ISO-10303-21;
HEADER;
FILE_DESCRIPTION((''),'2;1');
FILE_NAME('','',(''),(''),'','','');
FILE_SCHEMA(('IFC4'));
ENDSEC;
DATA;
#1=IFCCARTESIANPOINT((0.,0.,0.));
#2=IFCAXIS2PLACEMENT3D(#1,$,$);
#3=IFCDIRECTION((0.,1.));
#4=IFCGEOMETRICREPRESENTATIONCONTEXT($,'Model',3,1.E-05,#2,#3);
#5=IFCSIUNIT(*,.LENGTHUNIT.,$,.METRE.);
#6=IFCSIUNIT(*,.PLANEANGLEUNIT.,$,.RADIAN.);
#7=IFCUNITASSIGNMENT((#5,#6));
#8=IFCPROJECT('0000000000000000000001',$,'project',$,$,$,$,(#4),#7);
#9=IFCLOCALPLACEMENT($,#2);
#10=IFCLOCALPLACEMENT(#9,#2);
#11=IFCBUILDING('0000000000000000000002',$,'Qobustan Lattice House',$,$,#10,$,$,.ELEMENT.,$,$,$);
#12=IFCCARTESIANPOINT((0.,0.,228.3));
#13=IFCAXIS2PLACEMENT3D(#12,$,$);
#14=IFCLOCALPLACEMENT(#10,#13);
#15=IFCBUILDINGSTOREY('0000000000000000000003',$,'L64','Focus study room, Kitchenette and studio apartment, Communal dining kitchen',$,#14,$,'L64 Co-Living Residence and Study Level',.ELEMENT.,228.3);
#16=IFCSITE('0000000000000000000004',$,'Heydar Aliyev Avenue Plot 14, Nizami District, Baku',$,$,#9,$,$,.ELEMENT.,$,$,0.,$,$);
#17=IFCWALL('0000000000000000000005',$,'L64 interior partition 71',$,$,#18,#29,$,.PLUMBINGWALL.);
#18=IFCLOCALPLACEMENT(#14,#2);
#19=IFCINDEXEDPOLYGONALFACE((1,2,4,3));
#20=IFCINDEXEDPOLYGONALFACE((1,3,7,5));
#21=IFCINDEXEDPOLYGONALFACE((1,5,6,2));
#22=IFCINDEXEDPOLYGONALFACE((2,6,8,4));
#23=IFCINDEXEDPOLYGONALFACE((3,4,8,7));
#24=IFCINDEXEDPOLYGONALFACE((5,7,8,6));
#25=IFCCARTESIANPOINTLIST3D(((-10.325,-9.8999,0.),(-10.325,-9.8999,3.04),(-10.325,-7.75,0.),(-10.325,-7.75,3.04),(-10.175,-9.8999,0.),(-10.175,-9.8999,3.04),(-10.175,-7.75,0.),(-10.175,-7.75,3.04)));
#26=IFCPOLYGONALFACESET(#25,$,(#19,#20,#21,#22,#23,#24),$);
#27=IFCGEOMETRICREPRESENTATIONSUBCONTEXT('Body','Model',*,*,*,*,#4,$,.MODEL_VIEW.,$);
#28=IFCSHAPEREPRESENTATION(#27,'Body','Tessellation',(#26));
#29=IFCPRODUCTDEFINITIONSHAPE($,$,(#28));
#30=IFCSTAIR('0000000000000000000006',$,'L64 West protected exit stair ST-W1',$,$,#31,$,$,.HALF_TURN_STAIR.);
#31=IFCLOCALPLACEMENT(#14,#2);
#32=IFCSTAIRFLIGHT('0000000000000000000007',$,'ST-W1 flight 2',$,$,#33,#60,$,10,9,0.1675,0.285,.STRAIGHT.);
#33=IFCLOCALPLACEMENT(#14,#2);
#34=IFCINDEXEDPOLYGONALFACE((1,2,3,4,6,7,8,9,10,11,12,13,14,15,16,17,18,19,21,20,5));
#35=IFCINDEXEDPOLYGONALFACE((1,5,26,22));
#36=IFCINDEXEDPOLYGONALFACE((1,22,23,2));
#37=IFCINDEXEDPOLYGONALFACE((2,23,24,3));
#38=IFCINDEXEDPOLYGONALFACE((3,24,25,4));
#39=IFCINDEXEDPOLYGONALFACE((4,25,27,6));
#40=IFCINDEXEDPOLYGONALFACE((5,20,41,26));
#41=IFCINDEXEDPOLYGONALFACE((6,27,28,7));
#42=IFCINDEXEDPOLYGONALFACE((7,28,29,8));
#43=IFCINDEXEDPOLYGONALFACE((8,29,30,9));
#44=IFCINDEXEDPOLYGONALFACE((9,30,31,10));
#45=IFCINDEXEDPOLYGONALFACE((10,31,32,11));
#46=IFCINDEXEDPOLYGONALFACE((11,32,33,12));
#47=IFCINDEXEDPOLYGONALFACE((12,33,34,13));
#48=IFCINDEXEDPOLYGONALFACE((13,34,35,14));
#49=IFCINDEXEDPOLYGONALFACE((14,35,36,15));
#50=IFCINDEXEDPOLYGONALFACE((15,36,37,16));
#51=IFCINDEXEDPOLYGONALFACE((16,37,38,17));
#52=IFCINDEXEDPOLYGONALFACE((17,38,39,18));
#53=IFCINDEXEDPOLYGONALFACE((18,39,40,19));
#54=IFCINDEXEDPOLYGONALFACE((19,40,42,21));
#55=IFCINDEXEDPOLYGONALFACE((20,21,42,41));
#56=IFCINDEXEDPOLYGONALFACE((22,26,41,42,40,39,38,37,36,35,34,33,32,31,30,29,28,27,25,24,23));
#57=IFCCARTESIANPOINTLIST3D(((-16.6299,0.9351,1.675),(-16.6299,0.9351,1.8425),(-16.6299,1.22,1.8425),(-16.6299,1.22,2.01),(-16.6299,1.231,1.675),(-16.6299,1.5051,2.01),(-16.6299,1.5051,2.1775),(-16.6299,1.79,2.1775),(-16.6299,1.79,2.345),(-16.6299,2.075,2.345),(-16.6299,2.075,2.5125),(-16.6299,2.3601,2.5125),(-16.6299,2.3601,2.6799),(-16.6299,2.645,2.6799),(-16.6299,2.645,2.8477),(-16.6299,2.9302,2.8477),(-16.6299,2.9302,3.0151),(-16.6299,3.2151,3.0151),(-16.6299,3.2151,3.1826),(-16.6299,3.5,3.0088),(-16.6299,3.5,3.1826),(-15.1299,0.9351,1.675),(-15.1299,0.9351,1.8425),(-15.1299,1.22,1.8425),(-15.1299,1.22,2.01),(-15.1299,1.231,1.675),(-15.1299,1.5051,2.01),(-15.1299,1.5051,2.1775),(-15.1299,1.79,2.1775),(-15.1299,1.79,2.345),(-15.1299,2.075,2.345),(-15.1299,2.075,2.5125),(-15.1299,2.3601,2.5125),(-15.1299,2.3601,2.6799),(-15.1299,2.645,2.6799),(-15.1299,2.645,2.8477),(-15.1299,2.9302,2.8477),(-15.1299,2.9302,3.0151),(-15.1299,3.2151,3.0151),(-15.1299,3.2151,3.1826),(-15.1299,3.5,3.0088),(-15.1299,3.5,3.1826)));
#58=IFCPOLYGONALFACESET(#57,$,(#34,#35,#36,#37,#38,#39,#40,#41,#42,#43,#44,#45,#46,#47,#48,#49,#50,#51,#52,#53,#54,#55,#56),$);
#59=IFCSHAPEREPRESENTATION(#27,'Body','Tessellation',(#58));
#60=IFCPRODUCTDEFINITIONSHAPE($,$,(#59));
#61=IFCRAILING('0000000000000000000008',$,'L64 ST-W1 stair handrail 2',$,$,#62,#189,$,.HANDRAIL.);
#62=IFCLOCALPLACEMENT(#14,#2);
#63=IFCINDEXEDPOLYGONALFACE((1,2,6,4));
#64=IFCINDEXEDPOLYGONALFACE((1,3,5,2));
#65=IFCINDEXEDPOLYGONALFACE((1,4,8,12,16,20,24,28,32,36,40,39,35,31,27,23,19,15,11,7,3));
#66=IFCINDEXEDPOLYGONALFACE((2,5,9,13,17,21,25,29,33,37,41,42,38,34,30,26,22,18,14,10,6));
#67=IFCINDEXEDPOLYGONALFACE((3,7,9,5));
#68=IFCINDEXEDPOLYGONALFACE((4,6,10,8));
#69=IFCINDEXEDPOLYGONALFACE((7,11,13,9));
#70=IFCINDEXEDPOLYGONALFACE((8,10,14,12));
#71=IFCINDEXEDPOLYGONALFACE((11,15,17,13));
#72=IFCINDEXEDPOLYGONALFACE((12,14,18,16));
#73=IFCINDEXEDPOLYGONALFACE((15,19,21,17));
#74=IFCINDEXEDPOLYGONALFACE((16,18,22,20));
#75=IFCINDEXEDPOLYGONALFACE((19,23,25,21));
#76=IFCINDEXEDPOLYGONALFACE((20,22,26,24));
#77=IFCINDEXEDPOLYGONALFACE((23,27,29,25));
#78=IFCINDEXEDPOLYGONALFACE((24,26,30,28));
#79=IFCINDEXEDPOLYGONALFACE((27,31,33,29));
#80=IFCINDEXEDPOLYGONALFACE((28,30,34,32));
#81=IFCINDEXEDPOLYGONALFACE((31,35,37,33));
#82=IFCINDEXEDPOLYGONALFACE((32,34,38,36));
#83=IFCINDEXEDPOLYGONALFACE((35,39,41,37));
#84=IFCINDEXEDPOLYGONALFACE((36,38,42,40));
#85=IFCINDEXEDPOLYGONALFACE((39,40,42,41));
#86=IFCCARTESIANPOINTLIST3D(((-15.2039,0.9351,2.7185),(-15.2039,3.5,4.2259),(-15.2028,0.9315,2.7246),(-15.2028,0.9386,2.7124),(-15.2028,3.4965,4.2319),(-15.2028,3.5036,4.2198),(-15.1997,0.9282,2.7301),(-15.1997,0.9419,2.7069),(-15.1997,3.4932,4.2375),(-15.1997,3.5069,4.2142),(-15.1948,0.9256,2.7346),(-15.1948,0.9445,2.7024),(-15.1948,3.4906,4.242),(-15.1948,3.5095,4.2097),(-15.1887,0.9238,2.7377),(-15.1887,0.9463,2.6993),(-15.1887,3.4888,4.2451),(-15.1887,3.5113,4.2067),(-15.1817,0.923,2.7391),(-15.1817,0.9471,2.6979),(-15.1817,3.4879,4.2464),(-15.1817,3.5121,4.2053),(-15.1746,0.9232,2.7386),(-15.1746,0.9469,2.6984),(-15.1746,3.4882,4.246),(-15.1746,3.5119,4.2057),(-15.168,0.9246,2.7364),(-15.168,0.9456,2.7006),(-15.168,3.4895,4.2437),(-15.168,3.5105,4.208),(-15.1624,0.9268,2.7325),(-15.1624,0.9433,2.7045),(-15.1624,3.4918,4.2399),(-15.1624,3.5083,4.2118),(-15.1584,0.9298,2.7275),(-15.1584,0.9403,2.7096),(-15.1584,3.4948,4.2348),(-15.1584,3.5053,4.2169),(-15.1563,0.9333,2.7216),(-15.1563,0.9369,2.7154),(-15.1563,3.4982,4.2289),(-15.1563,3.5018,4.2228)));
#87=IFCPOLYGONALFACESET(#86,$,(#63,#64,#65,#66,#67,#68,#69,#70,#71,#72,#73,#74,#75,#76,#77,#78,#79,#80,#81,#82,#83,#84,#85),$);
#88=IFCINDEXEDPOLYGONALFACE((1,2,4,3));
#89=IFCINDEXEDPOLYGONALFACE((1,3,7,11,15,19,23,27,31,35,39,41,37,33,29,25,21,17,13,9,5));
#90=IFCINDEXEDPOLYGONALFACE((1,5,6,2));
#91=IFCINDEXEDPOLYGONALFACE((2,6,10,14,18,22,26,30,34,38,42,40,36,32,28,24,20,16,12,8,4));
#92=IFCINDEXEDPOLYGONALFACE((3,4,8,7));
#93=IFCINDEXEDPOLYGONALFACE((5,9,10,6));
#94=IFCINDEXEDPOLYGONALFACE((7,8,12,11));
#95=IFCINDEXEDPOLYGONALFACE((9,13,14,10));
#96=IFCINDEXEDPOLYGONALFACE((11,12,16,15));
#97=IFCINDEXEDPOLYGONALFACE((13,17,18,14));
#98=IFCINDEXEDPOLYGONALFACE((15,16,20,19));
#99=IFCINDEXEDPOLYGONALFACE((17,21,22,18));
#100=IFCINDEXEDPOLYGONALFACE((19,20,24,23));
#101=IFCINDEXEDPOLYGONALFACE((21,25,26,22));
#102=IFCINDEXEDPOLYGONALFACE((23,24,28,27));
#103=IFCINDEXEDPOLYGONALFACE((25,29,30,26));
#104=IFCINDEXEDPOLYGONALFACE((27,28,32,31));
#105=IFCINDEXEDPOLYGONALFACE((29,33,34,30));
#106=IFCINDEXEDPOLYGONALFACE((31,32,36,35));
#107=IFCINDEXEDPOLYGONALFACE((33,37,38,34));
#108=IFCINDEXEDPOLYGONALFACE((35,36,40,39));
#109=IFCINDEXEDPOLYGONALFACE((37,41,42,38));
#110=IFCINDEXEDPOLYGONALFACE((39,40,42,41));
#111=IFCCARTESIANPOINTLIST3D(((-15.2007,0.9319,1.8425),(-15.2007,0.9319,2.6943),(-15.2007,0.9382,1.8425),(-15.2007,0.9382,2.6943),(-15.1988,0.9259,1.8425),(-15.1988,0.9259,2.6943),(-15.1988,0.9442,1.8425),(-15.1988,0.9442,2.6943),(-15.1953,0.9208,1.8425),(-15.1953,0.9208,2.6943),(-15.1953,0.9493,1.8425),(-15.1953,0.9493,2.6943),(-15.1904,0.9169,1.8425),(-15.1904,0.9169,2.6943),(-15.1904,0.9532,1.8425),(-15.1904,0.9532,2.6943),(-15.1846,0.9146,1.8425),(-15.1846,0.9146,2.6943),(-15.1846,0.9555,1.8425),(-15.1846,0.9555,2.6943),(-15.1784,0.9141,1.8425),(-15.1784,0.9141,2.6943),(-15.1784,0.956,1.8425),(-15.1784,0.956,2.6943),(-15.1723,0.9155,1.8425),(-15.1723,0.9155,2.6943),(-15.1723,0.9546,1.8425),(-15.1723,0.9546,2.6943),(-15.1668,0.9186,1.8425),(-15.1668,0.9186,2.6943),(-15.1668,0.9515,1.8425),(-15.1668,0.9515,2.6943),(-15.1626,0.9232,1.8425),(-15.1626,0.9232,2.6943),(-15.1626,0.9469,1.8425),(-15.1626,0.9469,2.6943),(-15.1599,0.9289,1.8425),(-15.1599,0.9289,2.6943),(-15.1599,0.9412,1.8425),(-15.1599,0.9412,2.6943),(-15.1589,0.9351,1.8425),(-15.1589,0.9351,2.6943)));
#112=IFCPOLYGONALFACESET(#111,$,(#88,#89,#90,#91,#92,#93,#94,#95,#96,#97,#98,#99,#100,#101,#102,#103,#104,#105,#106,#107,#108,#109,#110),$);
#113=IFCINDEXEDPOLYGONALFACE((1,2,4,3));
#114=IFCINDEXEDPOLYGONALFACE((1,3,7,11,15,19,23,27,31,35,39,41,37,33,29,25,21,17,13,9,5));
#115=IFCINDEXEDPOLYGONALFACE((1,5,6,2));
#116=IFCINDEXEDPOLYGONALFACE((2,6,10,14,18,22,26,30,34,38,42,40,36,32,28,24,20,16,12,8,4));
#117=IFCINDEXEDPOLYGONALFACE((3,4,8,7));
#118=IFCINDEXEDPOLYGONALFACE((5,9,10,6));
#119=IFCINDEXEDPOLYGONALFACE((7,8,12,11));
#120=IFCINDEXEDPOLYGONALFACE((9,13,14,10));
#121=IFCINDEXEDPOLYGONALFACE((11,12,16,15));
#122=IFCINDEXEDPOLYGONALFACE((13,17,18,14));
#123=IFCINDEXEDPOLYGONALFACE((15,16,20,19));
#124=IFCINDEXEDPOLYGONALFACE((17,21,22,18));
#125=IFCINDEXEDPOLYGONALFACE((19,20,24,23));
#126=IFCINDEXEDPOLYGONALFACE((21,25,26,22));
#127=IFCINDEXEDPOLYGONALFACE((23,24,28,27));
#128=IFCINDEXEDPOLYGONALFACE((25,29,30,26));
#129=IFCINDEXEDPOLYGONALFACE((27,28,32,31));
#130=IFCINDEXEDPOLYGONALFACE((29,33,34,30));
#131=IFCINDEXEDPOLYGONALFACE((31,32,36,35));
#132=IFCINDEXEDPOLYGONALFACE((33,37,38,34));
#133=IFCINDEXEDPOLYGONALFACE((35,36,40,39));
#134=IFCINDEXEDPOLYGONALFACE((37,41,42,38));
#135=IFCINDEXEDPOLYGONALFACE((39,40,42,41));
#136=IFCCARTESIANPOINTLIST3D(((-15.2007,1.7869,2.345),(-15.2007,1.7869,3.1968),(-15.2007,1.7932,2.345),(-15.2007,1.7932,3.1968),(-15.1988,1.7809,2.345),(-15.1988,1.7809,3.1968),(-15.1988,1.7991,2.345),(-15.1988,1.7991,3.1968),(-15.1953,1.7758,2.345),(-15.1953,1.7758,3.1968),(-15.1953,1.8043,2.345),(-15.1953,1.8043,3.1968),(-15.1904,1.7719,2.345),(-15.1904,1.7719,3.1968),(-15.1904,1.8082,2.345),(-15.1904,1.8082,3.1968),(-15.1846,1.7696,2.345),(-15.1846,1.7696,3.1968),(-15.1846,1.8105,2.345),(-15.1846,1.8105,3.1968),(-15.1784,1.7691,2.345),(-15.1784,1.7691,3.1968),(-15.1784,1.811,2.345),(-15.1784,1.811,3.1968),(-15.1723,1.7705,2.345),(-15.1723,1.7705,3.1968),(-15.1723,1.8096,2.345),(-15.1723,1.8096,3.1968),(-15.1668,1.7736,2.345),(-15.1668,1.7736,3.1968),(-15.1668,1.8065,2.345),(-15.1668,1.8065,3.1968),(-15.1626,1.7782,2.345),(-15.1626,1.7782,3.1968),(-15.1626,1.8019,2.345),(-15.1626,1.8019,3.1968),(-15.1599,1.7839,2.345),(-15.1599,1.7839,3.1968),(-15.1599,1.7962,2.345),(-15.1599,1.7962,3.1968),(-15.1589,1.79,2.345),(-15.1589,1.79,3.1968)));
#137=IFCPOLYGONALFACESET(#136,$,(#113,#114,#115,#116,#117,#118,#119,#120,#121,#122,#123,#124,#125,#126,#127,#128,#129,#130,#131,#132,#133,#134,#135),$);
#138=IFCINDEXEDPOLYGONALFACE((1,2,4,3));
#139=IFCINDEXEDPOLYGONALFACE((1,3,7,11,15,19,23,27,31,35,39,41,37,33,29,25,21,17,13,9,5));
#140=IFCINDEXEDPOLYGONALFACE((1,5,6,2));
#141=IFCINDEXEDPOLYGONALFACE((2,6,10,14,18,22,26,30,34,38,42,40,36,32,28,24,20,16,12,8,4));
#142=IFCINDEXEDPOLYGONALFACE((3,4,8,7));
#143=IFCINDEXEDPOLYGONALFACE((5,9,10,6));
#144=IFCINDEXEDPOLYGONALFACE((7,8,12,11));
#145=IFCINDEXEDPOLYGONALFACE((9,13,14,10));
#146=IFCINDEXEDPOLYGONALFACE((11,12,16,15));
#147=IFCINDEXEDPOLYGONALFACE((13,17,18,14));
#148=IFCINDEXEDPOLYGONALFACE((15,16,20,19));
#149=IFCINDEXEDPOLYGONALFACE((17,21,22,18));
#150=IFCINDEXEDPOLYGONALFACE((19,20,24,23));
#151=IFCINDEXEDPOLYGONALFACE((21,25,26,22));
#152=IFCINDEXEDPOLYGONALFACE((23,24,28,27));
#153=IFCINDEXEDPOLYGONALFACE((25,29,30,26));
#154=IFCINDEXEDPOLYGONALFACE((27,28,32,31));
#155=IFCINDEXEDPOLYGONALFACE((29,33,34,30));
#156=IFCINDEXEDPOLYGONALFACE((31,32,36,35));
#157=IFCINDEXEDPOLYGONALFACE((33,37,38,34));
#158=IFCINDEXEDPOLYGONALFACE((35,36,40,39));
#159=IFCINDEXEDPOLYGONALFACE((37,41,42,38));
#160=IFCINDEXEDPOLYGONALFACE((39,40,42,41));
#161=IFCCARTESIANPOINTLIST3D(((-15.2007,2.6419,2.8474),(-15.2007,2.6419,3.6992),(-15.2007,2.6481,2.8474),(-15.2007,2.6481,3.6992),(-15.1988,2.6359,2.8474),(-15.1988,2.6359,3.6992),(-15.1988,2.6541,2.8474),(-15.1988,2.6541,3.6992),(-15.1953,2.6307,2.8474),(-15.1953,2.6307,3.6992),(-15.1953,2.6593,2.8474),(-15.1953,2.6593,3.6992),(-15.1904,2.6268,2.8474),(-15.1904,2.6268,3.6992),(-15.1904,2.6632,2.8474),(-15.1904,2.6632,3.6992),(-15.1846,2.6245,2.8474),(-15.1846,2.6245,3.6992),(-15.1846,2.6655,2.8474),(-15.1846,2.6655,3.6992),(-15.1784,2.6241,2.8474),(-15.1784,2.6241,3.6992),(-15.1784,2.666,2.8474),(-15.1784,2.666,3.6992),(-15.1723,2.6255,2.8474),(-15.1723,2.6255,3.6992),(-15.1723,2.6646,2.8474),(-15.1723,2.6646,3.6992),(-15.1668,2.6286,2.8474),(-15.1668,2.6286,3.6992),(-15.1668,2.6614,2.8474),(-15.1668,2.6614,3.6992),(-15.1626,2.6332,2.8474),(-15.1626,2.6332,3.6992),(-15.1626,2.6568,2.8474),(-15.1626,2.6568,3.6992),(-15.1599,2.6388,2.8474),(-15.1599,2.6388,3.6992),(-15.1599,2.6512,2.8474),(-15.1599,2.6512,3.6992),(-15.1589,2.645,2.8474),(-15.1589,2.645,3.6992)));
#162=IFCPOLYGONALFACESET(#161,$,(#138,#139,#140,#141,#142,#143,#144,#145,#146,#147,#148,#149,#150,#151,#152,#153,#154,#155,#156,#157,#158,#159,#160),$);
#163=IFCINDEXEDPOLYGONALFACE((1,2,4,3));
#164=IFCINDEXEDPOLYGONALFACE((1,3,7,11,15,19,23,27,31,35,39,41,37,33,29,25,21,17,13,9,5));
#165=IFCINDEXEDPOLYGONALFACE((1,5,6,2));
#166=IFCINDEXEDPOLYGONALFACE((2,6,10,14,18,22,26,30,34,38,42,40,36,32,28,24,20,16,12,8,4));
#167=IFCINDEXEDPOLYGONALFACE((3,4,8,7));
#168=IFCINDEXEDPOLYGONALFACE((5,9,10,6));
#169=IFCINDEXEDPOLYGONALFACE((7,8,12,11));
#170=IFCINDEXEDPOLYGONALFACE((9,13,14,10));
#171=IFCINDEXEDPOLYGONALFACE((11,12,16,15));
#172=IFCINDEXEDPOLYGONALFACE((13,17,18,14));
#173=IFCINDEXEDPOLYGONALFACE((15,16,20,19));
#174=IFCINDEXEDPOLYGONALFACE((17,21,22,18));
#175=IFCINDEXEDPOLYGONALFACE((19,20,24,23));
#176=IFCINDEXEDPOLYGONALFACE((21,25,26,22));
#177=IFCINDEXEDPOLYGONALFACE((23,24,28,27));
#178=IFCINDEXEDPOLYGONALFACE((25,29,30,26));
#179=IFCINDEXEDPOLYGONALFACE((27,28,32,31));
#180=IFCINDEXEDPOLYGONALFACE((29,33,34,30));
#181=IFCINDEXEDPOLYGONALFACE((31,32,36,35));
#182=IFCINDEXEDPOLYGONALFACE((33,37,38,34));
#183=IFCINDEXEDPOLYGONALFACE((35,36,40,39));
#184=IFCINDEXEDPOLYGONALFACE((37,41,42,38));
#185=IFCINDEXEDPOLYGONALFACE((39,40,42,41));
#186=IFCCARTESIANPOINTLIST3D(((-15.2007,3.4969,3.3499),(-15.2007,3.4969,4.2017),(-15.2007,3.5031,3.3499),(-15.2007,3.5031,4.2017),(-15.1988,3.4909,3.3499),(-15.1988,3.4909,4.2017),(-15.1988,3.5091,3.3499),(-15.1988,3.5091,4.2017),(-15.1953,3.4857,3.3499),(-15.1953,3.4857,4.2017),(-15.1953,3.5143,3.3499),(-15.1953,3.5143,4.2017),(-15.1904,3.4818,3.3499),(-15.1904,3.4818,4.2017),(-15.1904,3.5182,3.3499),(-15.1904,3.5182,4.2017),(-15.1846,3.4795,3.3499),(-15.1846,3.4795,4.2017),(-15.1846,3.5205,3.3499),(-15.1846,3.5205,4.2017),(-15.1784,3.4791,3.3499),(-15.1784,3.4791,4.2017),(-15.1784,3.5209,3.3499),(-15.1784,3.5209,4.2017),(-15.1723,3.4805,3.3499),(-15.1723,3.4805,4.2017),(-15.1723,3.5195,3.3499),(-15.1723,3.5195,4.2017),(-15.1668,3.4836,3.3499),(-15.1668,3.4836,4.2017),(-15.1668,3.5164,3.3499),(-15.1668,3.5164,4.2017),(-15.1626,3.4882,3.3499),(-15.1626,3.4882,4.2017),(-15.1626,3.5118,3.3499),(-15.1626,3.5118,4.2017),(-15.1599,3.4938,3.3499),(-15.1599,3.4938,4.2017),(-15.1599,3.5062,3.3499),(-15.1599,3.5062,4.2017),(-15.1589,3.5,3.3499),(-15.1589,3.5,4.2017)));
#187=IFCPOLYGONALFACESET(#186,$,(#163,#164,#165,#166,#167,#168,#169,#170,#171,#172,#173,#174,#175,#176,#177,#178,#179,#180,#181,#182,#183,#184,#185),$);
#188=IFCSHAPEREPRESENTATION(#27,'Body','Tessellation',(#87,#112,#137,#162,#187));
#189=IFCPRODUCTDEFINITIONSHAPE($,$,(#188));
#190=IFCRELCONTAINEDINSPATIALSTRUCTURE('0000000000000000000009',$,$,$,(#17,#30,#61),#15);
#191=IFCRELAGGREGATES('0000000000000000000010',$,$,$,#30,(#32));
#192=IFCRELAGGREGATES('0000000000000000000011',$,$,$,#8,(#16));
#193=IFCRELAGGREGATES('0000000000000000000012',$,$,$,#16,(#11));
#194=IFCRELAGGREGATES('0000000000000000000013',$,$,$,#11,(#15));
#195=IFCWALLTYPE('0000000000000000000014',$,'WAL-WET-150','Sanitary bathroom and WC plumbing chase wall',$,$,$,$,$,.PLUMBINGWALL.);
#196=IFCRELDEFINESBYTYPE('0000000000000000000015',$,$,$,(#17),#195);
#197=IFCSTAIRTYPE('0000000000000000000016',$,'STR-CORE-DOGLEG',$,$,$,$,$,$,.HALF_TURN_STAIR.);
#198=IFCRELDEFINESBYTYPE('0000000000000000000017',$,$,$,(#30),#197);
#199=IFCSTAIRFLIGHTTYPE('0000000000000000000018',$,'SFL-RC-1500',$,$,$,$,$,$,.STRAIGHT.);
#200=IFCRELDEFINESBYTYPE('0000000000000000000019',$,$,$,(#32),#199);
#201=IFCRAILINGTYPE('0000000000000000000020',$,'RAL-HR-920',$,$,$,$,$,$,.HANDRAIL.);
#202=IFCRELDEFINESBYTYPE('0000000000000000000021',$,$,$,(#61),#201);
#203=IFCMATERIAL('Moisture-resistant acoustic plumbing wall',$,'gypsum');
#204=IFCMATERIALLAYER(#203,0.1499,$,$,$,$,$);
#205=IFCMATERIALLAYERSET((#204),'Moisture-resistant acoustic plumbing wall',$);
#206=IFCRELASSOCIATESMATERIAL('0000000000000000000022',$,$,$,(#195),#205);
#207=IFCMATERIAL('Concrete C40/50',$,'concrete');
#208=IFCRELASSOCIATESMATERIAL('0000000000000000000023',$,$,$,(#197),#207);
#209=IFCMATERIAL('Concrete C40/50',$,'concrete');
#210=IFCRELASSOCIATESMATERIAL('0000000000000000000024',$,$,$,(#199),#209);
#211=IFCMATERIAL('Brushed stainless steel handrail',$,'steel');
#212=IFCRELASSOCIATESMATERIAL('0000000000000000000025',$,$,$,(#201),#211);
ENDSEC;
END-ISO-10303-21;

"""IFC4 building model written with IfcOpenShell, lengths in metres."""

from ifc_helpers import new_model, si_unit, direction, frame, frame_2d, origin, origin_2d, place, context, subcontext, project, spatial, polyline, rectangle, circle, outline, extrude, material, layer, layer_set, type_object, element, aggregate, save


model = new_model("IFC4")

# Units and contexts
model_context = context("Model", 3, precision=1e-05, world=origin(), true_north=direction((0.0, 1.0)))
body_context = subcontext(model_context, "Body", "Model", "MODEL_VIEW")
ifc_project = project(units=[si_unit("LENGTHUNIT", "METRE"), si_unit("PLANEANGLEUNIT", "RADIAN")], contexts=[model_context])

# Site, building, storey
site_placement = place(None, origin())
site = spatial("IfcSite", under=ifc_project, at=site_placement, Name="Heydar Aliyev Avenue Plot 14, Nizami District, Baku", CompositionType="ELEMENT", RefElevation=0.0)
building_placement = place(site_placement, origin())
building = spatial("IfcBuilding", under=site, at=building_placement, Name="Qobustan Lattice House", CompositionType="ELEMENT")
storey_placement = place(building_placement, frame((0.0, 0.0, 228.3)))
storey = spatial("IfcBuildingStorey", under=building, at=storey_placement, Name="L64", Description="Focus study room, Kitchenette and studio apartment, Communal dining kitchen", LongName="L64 Co-Living Residence and Study Level", CompositionType="ELEMENT", Elevation=228.3)

# Wall
ifc_material_1 = material(Name="Moisture-resistant acoustic plumbing wall", Category="gypsum")
ifc_layer_1 = layer(ifc_material_1, 0.1499)
ifc_layer_set_1 = layer_set([ifc_layer_1], Name="Moisture-resistant acoustic plumbing wall")
wall_type_1 = type_object("IfcWallType", Name="WAL-WET-150", Description="Sanitary bathroom and WC plumbing chase wall", PredefinedType="PLUMBINGWALL", material=ifc_layer_set_1)
wall_1_placement = place(storey_placement, frame((-10.25, -7.75, 0.0), z_axis=(0.0, 0.0, 1.0), x_axis=(0.0, -1.0, 0.0)))
element("IfcWall", 1, at=wall_1_placement, inside=storey, type_object=wall_type_1, Name="L64 interior partition 71", PredefinedType="PLUMBINGWALL", context=body_context, shape_type="SweptSolid", body=[
    extrude(rectangle(XDim=2.1499, YDim=0.1499, at=frame_2d((1.075, 0.0))), origin(), (0.0, 0.0, 1.0), 3.04),
])

# Stair, stair flight
ifc_material_2 = material(Name="Concrete C40/50", Category="concrete")
stair_type = type_object("IfcStairType", Name="STR-CORE-DOGLEG", PredefinedType="HALF_TURN_STAIR", material=ifc_material_2)
stair_placement = place(storey_placement, origin())
stair = element("IfcStair", 2, at=stair_placement, inside=storey, type_object=stair_type, Name="L64 West protected exit stair ST-W1", PredefinedType="HALF_TURN_STAIR")
ifc_material_3 = material(Name="Concrete C40/50", Category="concrete")
stair_flight_type = type_object("IfcStairFlightType", Name="SFL-RC-1500", PredefinedType="STRAIGHT", material=ifc_material_3)
stair_flight_placement = place(storey_placement, frame((-15.8799, 0.9351, 1.675), z_axis=(0.0, 0.0, 1.0), x_axis=(0.0, 1.0, 0.0)))
stair_flight = element("IfcStairFlight", 3, at=stair_flight_placement, type_object=stair_flight_type, Name="ST-W1 flight 2", NumberOfRisers=10, NumberOfTreads=9, PredefinedType="STRAIGHT", RiserHeight=0.1675, TreadLength=0.285, context=body_context, shape_type="SweptSolid", body=[
    extrude(outline(polyline([(0.0, 0.0), (0.0, 0.1675), (0.2849, 0.1675), (0.2849, 0.335), (0.5701, 0.335), (0.5701, 0.5024), (0.855, 0.5024), (0.855, 0.6699), (1.1399, 0.6699), (1.1399, 0.8374), (1.425, 0.8374), (1.425, 1.0049), (1.71, 1.0049), (1.71, 1.1726), (1.9951, 1.1726), (1.9951, 1.3401), (2.28, 1.3401), (2.28, 1.5076), (2.5649, 1.5076), (2.5649, 1.675), (2.5649, 1.3337), (0.2959, 0.0), (0.0, 0.0)])), frame((0.0, 0.75, 0.0), z_axis=(0.0, -1.0, 0.0), x_axis=(1.0, 0.0, 0.0)), (0.0, 0.0, 1.0), 1.5),
])
aggregate(stair, [stair_flight])

# Railing
ifc_material_4 = material(Name="Brushed stainless steel handrail", Category="steel")
railing_type_1 = type_object("IfcRailingType", Name="RAL-HR-920", PredefinedType="HANDRAIL", material=ifc_material_4)
railing_1_placement = place(storey_placement, frame((-15.1799, 0.9351, 1.8425)))
element("IfcRailing", 4, at=railing_1_placement, inside=storey, type_object=railing_type_1, Name="L64 ST-W1 stair handrail 2", PredefinedType="HANDRAIL", context=body_context, shape_type="SweptSolid", body=[
    extrude(circle(Radius=0.0239, at=origin_2d()), frame((0.0, 0.0, 0.876), z_axis=(0.0, 0.862149, 0.506654), x_axis=(-1.0, 0.0, 0.0)), (0.0, 0.0, 1.0), 2.9751),
    extrude(circle(Radius=0.021, at=origin_2d()), origin(), (0.0, 0.0, 1.0), 0.8518),
    extrude(circle(Radius=0.021, at=origin_2d()), frame((0.0, 0.855, 0.5024)), (0.0, 0.0, 1.0), 0.8518),
    extrude(circle(Radius=0.021, at=origin_2d()), frame((0.0, 1.71, 1.0049)), (0.0, 0.0, 1.0), 0.8518),
    extrude(circle(Radius=0.021, at=origin_2d()), frame((0.0, 2.5649, 1.5073)), (0.0, 0.0, 1.0), 0.8518),
])

save(model, "model.ifc")
